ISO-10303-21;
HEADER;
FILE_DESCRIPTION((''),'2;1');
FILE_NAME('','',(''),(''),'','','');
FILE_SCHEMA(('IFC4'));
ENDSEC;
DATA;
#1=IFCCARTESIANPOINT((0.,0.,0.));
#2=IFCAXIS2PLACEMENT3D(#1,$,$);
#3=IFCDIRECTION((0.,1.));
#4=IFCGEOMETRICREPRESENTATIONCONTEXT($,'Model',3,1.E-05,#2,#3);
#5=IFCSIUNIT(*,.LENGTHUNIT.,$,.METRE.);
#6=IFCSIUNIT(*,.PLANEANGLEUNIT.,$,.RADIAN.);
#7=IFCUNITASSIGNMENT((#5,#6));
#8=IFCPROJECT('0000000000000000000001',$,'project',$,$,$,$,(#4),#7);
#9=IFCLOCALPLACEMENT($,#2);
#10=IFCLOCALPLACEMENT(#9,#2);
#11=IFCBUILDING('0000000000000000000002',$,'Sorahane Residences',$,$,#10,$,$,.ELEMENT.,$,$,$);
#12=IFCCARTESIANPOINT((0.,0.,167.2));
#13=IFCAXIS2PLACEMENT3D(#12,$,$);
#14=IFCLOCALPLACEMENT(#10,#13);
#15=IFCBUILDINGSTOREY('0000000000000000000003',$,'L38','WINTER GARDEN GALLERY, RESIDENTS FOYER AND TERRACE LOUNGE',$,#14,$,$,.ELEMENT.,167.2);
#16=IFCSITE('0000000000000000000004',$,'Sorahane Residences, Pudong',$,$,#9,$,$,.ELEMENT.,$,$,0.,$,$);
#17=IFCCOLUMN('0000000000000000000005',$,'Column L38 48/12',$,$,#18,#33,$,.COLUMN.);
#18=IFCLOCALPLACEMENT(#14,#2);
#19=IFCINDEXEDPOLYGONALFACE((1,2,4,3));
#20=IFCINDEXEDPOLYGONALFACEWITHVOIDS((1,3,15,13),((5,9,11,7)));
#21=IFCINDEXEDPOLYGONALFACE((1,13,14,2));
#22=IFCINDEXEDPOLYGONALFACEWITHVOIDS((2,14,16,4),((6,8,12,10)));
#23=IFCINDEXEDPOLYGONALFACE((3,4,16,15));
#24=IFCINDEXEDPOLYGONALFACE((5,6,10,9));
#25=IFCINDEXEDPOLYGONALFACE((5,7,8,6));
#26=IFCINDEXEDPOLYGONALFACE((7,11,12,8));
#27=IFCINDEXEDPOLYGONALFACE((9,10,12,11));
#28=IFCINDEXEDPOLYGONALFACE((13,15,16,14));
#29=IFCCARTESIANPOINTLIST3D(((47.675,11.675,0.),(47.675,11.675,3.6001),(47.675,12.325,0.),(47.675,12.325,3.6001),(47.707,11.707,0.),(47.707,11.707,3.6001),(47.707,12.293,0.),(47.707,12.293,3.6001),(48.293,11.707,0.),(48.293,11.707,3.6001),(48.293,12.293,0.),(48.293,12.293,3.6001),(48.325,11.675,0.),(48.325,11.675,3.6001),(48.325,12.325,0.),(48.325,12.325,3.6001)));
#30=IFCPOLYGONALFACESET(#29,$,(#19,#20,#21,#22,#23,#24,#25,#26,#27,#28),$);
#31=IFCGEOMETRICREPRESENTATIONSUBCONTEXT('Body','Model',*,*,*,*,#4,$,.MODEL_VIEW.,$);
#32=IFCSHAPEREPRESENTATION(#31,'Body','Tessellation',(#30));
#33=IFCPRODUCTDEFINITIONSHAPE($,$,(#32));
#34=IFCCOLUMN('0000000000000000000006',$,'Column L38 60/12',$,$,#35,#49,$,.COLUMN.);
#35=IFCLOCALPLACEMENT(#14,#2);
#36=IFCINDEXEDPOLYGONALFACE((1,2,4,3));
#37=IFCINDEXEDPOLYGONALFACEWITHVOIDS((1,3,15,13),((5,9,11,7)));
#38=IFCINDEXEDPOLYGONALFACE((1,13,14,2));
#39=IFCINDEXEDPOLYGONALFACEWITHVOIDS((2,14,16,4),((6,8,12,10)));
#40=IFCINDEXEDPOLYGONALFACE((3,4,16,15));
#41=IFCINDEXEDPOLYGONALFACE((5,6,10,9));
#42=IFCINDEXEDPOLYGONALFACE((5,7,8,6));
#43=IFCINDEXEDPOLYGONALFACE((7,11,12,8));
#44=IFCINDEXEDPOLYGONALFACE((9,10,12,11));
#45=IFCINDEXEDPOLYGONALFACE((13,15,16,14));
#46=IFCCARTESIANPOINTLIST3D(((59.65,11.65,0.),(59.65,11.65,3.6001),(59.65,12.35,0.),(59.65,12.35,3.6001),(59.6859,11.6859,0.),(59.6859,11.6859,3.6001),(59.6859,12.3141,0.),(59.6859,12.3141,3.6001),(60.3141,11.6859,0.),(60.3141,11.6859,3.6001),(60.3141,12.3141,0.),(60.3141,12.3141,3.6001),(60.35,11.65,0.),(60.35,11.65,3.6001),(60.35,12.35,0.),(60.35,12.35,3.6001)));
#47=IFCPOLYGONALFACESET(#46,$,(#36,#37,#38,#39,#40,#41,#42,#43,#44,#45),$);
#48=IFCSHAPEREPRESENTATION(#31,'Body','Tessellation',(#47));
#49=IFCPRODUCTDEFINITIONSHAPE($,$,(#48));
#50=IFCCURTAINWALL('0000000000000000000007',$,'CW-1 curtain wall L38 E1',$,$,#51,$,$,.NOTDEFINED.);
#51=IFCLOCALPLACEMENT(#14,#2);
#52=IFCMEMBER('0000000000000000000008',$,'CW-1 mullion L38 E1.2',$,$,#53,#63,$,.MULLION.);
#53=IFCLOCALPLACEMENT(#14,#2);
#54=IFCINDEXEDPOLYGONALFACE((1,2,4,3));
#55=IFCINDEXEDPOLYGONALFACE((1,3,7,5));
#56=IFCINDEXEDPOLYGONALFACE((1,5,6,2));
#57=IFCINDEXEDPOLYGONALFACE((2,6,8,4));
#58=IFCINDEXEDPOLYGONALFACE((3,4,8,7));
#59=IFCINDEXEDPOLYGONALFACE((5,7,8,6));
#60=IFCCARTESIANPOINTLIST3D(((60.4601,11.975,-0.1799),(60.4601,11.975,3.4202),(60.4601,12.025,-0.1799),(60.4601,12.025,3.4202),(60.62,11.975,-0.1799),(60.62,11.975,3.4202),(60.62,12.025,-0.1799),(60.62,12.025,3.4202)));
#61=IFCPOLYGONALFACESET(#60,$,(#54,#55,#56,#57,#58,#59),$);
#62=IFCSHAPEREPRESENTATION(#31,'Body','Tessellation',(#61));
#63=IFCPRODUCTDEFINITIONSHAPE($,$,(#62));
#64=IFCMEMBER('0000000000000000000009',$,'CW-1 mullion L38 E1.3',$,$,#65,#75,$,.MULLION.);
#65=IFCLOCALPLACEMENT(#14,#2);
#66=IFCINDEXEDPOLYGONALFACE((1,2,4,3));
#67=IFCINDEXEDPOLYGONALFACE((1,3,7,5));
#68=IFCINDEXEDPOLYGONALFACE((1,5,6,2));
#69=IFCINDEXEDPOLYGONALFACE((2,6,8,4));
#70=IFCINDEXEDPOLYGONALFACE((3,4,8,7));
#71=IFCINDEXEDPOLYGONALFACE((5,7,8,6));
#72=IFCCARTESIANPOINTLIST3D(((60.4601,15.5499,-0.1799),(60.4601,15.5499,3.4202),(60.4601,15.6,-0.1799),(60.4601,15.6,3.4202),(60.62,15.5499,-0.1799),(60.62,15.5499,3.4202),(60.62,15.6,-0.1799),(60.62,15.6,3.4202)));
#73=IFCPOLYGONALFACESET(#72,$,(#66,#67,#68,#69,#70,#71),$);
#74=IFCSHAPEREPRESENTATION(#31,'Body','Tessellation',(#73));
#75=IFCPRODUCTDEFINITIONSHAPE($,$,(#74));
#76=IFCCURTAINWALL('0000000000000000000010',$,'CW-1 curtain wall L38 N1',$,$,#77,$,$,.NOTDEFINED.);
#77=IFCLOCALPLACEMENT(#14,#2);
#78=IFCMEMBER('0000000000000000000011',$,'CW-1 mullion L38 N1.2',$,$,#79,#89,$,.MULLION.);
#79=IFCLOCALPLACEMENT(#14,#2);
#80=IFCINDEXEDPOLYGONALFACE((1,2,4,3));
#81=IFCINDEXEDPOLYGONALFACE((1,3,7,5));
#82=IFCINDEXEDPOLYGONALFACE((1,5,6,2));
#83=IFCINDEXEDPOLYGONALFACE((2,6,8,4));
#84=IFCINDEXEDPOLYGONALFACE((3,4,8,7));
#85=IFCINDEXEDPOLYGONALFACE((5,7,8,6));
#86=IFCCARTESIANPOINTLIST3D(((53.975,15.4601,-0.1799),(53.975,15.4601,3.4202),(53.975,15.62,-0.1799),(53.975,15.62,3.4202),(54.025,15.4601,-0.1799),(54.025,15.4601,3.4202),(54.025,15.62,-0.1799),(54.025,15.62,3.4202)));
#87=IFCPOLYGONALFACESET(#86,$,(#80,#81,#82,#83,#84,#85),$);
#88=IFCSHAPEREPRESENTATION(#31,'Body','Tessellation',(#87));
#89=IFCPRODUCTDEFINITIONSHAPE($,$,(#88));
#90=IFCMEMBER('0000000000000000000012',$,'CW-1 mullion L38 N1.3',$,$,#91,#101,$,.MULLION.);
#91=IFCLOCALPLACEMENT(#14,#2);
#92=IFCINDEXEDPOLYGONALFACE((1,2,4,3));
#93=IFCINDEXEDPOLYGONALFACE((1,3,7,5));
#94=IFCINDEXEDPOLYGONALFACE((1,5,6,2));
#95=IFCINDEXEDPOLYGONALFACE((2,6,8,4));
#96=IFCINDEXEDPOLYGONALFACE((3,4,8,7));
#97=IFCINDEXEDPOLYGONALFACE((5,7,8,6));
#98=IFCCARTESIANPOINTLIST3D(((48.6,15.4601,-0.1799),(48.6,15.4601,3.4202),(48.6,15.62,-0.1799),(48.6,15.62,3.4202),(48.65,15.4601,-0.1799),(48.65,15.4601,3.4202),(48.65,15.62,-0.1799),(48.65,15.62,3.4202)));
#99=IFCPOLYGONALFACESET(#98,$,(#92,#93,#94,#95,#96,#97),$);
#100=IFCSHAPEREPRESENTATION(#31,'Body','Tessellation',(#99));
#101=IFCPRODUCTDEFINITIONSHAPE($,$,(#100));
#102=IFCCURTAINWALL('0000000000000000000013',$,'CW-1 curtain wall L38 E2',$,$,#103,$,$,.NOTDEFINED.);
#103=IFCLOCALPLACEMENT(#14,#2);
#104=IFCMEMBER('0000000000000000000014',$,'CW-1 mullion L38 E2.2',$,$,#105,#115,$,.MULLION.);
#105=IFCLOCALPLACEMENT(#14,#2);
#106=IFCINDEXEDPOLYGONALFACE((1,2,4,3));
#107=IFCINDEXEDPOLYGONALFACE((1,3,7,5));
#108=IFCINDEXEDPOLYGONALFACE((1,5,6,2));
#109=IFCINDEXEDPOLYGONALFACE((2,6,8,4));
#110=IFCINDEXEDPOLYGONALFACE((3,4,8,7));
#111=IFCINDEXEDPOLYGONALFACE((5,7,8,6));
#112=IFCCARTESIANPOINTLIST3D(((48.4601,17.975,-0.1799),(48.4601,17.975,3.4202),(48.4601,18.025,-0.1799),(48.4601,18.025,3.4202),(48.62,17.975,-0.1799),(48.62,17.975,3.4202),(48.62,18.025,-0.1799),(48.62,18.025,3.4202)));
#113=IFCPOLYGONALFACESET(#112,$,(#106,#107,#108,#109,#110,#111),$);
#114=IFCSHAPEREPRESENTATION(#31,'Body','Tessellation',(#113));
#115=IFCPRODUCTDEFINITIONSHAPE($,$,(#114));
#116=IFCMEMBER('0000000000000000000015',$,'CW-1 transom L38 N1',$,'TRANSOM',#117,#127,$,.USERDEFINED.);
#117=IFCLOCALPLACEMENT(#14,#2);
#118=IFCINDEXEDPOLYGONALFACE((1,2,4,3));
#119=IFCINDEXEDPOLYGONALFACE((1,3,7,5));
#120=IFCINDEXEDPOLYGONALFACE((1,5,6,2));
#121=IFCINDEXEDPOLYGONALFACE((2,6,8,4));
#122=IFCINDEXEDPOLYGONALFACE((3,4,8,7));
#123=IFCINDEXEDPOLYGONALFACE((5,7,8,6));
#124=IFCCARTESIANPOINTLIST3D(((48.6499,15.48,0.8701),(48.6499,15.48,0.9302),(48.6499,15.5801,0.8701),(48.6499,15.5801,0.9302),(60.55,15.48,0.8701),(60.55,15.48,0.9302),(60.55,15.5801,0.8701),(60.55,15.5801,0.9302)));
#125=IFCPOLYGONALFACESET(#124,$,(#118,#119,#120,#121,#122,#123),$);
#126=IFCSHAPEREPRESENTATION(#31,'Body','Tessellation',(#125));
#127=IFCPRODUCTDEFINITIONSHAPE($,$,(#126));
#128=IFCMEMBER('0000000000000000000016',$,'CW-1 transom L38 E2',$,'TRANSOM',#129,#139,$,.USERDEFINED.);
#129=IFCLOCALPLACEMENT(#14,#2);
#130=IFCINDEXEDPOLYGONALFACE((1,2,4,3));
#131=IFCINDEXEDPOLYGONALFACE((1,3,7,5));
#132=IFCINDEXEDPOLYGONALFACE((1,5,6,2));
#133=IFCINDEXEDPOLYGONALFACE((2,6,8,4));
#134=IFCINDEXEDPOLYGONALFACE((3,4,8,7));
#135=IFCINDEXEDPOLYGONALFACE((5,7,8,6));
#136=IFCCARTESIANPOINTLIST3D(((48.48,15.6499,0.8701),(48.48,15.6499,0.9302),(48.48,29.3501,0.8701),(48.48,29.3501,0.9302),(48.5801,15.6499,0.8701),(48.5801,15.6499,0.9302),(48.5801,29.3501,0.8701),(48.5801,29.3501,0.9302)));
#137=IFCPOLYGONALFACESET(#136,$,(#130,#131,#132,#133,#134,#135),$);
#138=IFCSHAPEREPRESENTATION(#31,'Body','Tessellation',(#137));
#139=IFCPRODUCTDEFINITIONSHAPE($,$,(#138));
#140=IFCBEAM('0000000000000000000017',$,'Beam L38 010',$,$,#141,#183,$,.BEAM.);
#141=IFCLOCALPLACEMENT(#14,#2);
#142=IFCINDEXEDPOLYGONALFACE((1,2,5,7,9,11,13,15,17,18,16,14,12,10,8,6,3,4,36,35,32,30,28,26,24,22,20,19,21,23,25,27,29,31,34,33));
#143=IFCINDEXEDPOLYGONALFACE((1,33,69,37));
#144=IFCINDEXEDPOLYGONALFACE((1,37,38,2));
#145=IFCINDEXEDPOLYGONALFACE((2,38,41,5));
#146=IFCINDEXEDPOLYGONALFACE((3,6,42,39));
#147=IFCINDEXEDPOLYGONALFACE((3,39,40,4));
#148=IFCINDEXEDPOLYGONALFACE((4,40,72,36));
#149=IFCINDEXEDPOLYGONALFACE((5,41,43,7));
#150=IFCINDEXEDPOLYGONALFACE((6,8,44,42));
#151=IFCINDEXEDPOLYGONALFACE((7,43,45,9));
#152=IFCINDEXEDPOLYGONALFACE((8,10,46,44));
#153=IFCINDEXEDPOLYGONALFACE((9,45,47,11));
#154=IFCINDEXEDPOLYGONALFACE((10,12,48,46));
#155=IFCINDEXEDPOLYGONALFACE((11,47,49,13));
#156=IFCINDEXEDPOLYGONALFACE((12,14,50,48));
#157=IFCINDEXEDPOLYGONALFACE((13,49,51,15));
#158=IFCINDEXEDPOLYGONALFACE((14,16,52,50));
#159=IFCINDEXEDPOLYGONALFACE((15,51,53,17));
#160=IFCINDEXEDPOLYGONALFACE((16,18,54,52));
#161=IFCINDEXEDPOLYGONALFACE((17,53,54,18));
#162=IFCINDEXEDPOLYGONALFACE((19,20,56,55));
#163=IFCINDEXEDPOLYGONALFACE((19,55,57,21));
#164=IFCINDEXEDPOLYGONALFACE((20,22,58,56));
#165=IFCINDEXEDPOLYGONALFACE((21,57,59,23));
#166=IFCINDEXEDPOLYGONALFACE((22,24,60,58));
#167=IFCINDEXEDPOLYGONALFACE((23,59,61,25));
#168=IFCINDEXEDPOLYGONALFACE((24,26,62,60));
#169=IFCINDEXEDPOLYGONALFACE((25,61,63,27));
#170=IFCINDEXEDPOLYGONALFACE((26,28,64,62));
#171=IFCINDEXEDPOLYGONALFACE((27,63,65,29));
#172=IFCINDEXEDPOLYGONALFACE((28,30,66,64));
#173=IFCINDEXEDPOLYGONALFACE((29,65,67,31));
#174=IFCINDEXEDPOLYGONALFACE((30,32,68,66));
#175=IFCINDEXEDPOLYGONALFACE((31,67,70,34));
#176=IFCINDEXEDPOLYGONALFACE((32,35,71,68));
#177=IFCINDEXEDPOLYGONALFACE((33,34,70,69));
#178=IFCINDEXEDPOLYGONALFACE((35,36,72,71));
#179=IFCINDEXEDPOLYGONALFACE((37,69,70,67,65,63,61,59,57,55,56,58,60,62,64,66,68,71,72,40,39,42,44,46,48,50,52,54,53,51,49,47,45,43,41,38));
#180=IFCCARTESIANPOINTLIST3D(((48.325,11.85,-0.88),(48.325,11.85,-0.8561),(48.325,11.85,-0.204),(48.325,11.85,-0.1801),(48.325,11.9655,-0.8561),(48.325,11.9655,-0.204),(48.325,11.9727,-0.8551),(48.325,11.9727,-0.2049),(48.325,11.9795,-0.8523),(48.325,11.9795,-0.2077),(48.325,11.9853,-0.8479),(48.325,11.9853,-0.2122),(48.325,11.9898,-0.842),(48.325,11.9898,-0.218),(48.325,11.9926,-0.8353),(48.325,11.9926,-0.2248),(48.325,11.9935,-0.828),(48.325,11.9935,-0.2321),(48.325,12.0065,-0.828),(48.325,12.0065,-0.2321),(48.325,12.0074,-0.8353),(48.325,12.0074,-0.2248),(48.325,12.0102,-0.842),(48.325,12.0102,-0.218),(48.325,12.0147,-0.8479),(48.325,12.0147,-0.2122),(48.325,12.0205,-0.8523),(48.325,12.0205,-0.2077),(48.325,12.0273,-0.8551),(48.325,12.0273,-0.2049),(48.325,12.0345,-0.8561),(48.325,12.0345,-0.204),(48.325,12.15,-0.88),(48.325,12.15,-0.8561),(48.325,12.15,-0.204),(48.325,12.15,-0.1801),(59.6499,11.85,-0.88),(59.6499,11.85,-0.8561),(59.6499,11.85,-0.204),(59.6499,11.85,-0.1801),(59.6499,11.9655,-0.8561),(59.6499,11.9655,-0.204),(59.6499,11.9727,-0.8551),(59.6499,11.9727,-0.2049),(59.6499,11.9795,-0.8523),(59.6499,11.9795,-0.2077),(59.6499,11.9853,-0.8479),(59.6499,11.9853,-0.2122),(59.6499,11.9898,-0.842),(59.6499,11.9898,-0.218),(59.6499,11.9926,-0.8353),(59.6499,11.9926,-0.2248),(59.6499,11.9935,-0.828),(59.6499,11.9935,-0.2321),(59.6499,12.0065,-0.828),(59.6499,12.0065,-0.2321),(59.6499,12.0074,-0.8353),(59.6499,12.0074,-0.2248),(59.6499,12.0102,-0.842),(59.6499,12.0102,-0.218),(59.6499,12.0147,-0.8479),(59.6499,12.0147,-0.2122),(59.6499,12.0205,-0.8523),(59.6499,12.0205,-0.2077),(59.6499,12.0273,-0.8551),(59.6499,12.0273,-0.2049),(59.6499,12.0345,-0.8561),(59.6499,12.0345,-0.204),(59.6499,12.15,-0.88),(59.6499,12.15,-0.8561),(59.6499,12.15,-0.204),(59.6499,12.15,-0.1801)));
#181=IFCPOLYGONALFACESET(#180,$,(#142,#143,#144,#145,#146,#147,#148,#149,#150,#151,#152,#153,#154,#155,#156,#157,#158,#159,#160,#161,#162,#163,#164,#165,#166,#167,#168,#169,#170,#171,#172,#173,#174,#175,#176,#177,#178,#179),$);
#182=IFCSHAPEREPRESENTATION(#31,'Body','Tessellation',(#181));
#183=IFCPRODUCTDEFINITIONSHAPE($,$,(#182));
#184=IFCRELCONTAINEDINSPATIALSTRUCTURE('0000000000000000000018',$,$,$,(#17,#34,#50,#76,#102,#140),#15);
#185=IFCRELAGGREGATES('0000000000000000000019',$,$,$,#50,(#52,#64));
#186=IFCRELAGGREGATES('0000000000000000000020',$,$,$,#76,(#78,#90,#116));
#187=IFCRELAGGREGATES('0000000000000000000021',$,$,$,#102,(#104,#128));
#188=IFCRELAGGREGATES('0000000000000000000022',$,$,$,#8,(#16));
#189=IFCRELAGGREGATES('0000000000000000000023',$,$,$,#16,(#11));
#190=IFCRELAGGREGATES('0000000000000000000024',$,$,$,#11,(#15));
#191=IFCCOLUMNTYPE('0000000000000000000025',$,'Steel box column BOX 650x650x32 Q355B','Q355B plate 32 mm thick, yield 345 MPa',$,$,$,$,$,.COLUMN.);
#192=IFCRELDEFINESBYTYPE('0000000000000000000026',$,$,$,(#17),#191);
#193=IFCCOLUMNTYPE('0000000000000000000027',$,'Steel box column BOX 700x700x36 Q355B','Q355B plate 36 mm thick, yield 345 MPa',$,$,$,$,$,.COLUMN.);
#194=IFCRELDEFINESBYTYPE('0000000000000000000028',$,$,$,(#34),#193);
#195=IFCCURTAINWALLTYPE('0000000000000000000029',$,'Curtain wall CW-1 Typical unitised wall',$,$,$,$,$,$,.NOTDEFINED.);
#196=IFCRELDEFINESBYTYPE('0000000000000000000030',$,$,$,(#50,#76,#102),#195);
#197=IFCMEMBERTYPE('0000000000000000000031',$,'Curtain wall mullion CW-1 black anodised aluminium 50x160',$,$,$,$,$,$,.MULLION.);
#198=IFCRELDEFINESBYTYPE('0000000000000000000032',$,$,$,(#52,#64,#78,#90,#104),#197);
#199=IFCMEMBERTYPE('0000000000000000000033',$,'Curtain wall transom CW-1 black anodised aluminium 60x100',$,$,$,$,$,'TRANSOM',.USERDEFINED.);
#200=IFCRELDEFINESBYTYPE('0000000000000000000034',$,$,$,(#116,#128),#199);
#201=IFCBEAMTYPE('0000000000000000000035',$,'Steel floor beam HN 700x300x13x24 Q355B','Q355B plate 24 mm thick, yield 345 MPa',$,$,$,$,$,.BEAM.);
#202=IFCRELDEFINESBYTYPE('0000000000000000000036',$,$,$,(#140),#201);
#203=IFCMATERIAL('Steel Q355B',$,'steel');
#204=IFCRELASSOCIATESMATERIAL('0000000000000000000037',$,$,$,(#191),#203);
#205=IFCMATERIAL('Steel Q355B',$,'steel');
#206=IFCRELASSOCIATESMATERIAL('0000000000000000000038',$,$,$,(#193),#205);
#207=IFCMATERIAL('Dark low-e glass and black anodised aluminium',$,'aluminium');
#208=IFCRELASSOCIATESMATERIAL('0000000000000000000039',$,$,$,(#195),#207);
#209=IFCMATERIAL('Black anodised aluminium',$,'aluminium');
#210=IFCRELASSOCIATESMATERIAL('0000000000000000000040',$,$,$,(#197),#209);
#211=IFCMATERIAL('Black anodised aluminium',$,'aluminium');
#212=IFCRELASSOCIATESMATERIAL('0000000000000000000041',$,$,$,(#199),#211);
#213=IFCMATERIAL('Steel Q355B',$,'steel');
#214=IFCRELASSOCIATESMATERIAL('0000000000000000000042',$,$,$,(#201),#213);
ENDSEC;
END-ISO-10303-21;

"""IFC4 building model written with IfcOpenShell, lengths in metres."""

from ifc_helpers import new_model, si_unit, direction, frame, origin, origin_2d, place, context, subcontext, project, spatial, rectangle, hollow_rectangle, i_section, extrude, material, material_profile, profile_set, type_object, element, aggregate, save


model = new_model("IFC4")

# Units and contexts
model_context = context("Model", 3, precision=1e-05, world=origin(), true_north=direction((0.0, 1.0)))
body_context = subcontext(model_context, "Body", "Model", "MODEL_VIEW")
ifc_project = project(units=[si_unit("LENGTHUNIT", "METRE"), si_unit("PLANEANGLEUNIT", "RADIAN")], contexts=[model_context])

# Site, building, storey
site_placement = place(None, origin())
site = spatial("IfcSite", under=ifc_project, at=site_placement, Name="Sorahane Residences, Pudong", CompositionType="ELEMENT", RefElevation=0.0)
building_placement = place(site_placement, origin())
building = spatial("IfcBuilding", under=site, at=building_placement, Name="Sorahane Residences", CompositionType="ELEMENT")
storey_placement = place(building_placement, frame((0.0, 0.0, 167.2)))
storey = spatial("IfcBuildingStorey", under=building, at=storey_placement, Name="L38", Description="WINTER GARDEN GALLERY, RESIDENTS FOYER AND TERRACE LOUNGE", CompositionType="ELEMENT", Elevation=167.2)

# Columns
ifc_material_1 = material(Name="Steel Q355B", Category="steel")
ifc_material_profile_1 = material_profile(ifc_material_1, hollow_rectangle(XDim=0.6499, YDim=0.6499, WallThickness=0.032, at=origin_2d()), Name="BOX 650x650x32")
ifc_profile_set_1 = profile_set([ifc_material_profile_1], Name="Steel Q355B")
column_type_1 = type_object("IfcColumnType", Name="Steel box column BOX 650x650x32 Q355B", Description="Q355B plate 32 mm thick, yield 345 MPa", PredefinedType="COLUMN", material=ifc_profile_set_1)
column_1_placement = place(storey_placement, frame((48.0, 12.0, 0.0), z_axis=(0.0, 0.0, 1.0), x_axis=(1.0, 0.0, 0.0)))
element("IfcColumn", 1, at=column_1_placement, inside=storey, type_object=column_type_1, Name="Column L38 48/12", PredefinedType="COLUMN", context=body_context, shape_type="SweptSolid", body=[
    extrude(hollow_rectangle(XDim=0.6499, YDim=0.6499, WallThickness=0.032, at=origin_2d()), origin(), (0.0, 0.0, 1.0), 3.6001),
])
ifc_material_2 = material(Name="Steel Q355B", Category="steel")
ifc_material_profile_2 = material_profile(ifc_material_2, hollow_rectangle(XDim=0.7, YDim=0.7, WallThickness=0.0359, at=origin_2d()), Name="BOX 700x700x36")
ifc_profile_set_2 = profile_set([ifc_material_profile_2], Name="Steel Q355B")
column_type_2 = type_object("IfcColumnType", Name="Steel box column BOX 700x700x36 Q355B", Description="Q355B plate 36 mm thick, yield 345 MPa", PredefinedType="COLUMN", material=ifc_profile_set_2)
column_2_placement = place(storey_placement, frame((60.0, 12.0, 0.0), z_axis=(0.0, 0.0, 1.0), x_axis=(1.0, 0.0, 0.0)))
element("IfcColumn", 2, at=column_2_placement, inside=storey, type_object=column_type_2, Name="Column L38 60/12", PredefinedType="COLUMN", context=body_context, shape_type="SweptSolid", body=[
    extrude(hollow_rectangle(XDim=0.7, YDim=0.7, WallThickness=0.0359, at=origin_2d()), origin(), (0.0, 0.0, 1.0), 3.6001),
])

# Curtain walls, members
ifc_material_3 = material(Name="Dark low-e glass and black anodised aluminium", Category="aluminium")
curtain_wall_type = type_object("IfcCurtainWallType", Name="Curtain wall CW-1 Typical unitised wall", PredefinedType="NOTDEFINED", material=ifc_material_3)
curtain_wall_1_placement = place(storey_placement, origin())
curtain_wall_1 = element("IfcCurtainWall", 3, at=curtain_wall_1_placement, inside=storey, type_object=curtain_wall_type, Name="CW-1 curtain wall L38 E1", PredefinedType="NOTDEFINED")
ifc_material_4 = material(Name="Black anodised aluminium", Category="aluminium")
ifc_material_profile_3 = material_profile(ifc_material_4, rectangle(XDim=0.1599, YDim=0.05, at=origin_2d()), Name="Curtain wall mullion CW-1 black anodised aluminium 50x160")
ifc_profile_set_3 = profile_set([ifc_material_profile_3], Name="Black anodised aluminium")
member_type_1 = type_object("IfcMemberType", Name="Curtain wall mullion CW-1 black anodised aluminium 50x160", PredefinedType="MULLION", material=ifc_profile_set_3)
member_1_placement = place(storey_placement, frame((60.54, 12.0, -0.1799), z_axis=(0.0, 0.0, 1.0), x_axis=(1.0, 0.0, 0.0)))
member_1 = element("IfcMember", 4, at=member_1_placement, type_object=member_type_1, Name="CW-1 mullion L38 E1.2", PredefinedType="MULLION", context=body_context, shape_type="SweptSolid", body=[
    extrude(rectangle(XDim=0.1599, YDim=0.05, at=origin_2d()), origin(), (0.0, 0.0, 1.0), 3.6001),
])
member_2_placement = place(storey_placement, frame((60.54, 15.575, -0.1799), z_axis=(0.0, 0.0, 1.0), x_axis=(1.0, 0.0, 0.0)))
member_2 = element("IfcMember", 5, at=member_2_placement, type_object=member_type_1, Name="CW-1 mullion L38 E1.3", PredefinedType="MULLION", context=body_context, shape_type="SweptSolid", body=[
    extrude(rectangle(XDim=0.1599, YDim=0.05, at=origin_2d()), origin(), (0.0, 0.0, 1.0), 3.6001),
])
curtain_wall_2_placement = place(storey_placement, origin())
curtain_wall_2 = element("IfcCurtainWall", 6, at=curtain_wall_2_placement, inside=storey, type_object=curtain_wall_type, Name="CW-1 curtain wall L38 N1", PredefinedType="NOTDEFINED")
member_3_placement = place(storey_placement, frame((54.0, 15.54, -0.1799), z_axis=(0.0, 0.0, 1.0), x_axis=(0.0, 1.0, 0.0)))
member_3 = element("IfcMember", 7, at=member_3_placement, type_object=member_type_1, Name="CW-1 mullion L38 N1.2", PredefinedType="MULLION", context=body_context, shape_type="SweptSolid", body=[
    extrude(rectangle(XDim=0.1599, YDim=0.05, at=origin_2d()), origin(), (0.0, 0.0, 1.0), 3.6001),
])
member_4_placement = place(storey_placement, frame((48.625, 15.54, -0.1799), z_axis=(0.0, 0.0, 1.0), x_axis=(0.0, 1.0, 0.0)))
member_4 = element("IfcMember", 8, at=member_4_placement, type_object=member_type_1, Name="CW-1 mullion L38 N1.3", PredefinedType="MULLION", context=body_context, shape_type="SweptSolid", body=[
    extrude(rectangle(XDim=0.1599, YDim=0.05, at=origin_2d()), origin(), (0.0, 0.0, 1.0), 3.6001),
])

# Curtain wall, member
curtain_wall_3_placement = place(storey_placement, origin())
curtain_wall_3 = element("IfcCurtainWall", 9, at=curtain_wall_3_placement, inside=storey, type_object=curtain_wall_type, Name="CW-1 curtain wall L38 E2", PredefinedType="NOTDEFINED")
member_5_placement = place(storey_placement, frame((48.54, 18.0, -0.1799), z_axis=(0.0, 0.0, 1.0), x_axis=(1.0, 0.0, 0.0)))
member_5 = element("IfcMember", 10, at=member_5_placement, type_object=member_type_1, Name="CW-1 mullion L38 E2.2", PredefinedType="MULLION", context=body_context, shape_type="SweptSolid", body=[
    extrude(rectangle(XDim=0.1599, YDim=0.05, at=origin_2d()), origin(), (0.0, 0.0, 1.0), 3.6001),
])

# Members
ifc_material_5 = material(Name="Black anodised aluminium", Category="aluminium")
ifc_material_profile_4 = material_profile(ifc_material_5, rectangle(XDim=0.1001, YDim=0.0601, at=origin_2d()), Name="Curtain wall transom CW-1 black anodised aluminium 60x100")
ifc_profile_set_4 = profile_set([ifc_material_profile_4], Name="Black anodised aluminium")
member_type_2 = type_object("IfcMemberType", Name="Curtain wall transom CW-1 black anodised aluminium 60x100", ElementType="TRANSOM", PredefinedType="USERDEFINED", material=ifc_profile_set_4)
member_6_placement = place(storey_placement, frame((60.55, 15.53, 0.9001), z_axis=(-1.0, 0.0, 0.0), x_axis=(0.0, -1.0, 0.0)))
member_6 = element("IfcMember", 11, at=member_6_placement, type_object=member_type_2, Name="CW-1 transom L38 N1", ObjectType="TRANSOM", PredefinedType="USERDEFINED", context=body_context, shape_type="SweptSolid", body=[
    extrude(rectangle(XDim=0.1001, YDim=0.0601, at=origin_2d()), origin(), (0.0, 0.0, 1.0), 11.9001),
])
member_7_placement = place(storey_placement, frame((48.53, 15.6499, 0.9001), z_axis=(0.0, 1.0, 0.0), x_axis=(-1.0, 0.0, 0.0)))
member_7 = element("IfcMember", 12, at=member_7_placement, type_object=member_type_2, Name="CW-1 transom L38 E2", ObjectType="TRANSOM", PredefinedType="USERDEFINED", context=body_context, shape_type="SweptSolid", body=[
    extrude(rectangle(XDim=0.1001, YDim=0.0601, at=origin_2d()), origin(), (0.0, 0.0, 1.0), 13.7002),
])

# Beam
ifc_material_6 = material(Name="Steel Q355B", Category="steel")
ifc_material_profile_5 = material_profile(ifc_material_6, i_section(OverallWidth=0.3, OverallDepth=0.7, WebThickness=0.0129, FlangeThickness=0.0239, FilletRadius=0.0281, at=origin_2d()), Name="HN 700x300x13x24")
ifc_profile_set_5 = profile_set([ifc_material_profile_5], Name="Steel Q355B")
beam_type = type_object("IfcBeamType", Name="Steel floor beam HN 700x300x13x24 Q355B", Description="Q355B plate 24 mm thick, yield 345 MPa", PredefinedType="BEAM", material=ifc_profile_set_5)
beam_1_placement = place(storey_placement, frame((48.325, 12.0, -0.53), z_axis=(1.0, 0.0, 0.0), x_axis=(0.0, 1.0, 0.0)))
element("IfcBeam", 13, at=beam_1_placement, inside=storey, type_object=beam_type, Name="Beam L38 010", PredefinedType="BEAM", context=body_context, shape_type="SweptSolid", body=[
    extrude(i_section(OverallWidth=0.3, OverallDepth=0.7, WebThickness=0.0129, FlangeThickness=0.0239, FilletRadius=0.0281, at=origin_2d()), origin(), (0.0, 0.0, 1.0), 11.325),
])

aggregate(curtain_wall_1, [member_1, member_2])
aggregate(curtain_wall_2, [member_3, member_4, member_6])
aggregate(curtain_wall_3, [member_5, member_7])

save(model, "model.ifc")
